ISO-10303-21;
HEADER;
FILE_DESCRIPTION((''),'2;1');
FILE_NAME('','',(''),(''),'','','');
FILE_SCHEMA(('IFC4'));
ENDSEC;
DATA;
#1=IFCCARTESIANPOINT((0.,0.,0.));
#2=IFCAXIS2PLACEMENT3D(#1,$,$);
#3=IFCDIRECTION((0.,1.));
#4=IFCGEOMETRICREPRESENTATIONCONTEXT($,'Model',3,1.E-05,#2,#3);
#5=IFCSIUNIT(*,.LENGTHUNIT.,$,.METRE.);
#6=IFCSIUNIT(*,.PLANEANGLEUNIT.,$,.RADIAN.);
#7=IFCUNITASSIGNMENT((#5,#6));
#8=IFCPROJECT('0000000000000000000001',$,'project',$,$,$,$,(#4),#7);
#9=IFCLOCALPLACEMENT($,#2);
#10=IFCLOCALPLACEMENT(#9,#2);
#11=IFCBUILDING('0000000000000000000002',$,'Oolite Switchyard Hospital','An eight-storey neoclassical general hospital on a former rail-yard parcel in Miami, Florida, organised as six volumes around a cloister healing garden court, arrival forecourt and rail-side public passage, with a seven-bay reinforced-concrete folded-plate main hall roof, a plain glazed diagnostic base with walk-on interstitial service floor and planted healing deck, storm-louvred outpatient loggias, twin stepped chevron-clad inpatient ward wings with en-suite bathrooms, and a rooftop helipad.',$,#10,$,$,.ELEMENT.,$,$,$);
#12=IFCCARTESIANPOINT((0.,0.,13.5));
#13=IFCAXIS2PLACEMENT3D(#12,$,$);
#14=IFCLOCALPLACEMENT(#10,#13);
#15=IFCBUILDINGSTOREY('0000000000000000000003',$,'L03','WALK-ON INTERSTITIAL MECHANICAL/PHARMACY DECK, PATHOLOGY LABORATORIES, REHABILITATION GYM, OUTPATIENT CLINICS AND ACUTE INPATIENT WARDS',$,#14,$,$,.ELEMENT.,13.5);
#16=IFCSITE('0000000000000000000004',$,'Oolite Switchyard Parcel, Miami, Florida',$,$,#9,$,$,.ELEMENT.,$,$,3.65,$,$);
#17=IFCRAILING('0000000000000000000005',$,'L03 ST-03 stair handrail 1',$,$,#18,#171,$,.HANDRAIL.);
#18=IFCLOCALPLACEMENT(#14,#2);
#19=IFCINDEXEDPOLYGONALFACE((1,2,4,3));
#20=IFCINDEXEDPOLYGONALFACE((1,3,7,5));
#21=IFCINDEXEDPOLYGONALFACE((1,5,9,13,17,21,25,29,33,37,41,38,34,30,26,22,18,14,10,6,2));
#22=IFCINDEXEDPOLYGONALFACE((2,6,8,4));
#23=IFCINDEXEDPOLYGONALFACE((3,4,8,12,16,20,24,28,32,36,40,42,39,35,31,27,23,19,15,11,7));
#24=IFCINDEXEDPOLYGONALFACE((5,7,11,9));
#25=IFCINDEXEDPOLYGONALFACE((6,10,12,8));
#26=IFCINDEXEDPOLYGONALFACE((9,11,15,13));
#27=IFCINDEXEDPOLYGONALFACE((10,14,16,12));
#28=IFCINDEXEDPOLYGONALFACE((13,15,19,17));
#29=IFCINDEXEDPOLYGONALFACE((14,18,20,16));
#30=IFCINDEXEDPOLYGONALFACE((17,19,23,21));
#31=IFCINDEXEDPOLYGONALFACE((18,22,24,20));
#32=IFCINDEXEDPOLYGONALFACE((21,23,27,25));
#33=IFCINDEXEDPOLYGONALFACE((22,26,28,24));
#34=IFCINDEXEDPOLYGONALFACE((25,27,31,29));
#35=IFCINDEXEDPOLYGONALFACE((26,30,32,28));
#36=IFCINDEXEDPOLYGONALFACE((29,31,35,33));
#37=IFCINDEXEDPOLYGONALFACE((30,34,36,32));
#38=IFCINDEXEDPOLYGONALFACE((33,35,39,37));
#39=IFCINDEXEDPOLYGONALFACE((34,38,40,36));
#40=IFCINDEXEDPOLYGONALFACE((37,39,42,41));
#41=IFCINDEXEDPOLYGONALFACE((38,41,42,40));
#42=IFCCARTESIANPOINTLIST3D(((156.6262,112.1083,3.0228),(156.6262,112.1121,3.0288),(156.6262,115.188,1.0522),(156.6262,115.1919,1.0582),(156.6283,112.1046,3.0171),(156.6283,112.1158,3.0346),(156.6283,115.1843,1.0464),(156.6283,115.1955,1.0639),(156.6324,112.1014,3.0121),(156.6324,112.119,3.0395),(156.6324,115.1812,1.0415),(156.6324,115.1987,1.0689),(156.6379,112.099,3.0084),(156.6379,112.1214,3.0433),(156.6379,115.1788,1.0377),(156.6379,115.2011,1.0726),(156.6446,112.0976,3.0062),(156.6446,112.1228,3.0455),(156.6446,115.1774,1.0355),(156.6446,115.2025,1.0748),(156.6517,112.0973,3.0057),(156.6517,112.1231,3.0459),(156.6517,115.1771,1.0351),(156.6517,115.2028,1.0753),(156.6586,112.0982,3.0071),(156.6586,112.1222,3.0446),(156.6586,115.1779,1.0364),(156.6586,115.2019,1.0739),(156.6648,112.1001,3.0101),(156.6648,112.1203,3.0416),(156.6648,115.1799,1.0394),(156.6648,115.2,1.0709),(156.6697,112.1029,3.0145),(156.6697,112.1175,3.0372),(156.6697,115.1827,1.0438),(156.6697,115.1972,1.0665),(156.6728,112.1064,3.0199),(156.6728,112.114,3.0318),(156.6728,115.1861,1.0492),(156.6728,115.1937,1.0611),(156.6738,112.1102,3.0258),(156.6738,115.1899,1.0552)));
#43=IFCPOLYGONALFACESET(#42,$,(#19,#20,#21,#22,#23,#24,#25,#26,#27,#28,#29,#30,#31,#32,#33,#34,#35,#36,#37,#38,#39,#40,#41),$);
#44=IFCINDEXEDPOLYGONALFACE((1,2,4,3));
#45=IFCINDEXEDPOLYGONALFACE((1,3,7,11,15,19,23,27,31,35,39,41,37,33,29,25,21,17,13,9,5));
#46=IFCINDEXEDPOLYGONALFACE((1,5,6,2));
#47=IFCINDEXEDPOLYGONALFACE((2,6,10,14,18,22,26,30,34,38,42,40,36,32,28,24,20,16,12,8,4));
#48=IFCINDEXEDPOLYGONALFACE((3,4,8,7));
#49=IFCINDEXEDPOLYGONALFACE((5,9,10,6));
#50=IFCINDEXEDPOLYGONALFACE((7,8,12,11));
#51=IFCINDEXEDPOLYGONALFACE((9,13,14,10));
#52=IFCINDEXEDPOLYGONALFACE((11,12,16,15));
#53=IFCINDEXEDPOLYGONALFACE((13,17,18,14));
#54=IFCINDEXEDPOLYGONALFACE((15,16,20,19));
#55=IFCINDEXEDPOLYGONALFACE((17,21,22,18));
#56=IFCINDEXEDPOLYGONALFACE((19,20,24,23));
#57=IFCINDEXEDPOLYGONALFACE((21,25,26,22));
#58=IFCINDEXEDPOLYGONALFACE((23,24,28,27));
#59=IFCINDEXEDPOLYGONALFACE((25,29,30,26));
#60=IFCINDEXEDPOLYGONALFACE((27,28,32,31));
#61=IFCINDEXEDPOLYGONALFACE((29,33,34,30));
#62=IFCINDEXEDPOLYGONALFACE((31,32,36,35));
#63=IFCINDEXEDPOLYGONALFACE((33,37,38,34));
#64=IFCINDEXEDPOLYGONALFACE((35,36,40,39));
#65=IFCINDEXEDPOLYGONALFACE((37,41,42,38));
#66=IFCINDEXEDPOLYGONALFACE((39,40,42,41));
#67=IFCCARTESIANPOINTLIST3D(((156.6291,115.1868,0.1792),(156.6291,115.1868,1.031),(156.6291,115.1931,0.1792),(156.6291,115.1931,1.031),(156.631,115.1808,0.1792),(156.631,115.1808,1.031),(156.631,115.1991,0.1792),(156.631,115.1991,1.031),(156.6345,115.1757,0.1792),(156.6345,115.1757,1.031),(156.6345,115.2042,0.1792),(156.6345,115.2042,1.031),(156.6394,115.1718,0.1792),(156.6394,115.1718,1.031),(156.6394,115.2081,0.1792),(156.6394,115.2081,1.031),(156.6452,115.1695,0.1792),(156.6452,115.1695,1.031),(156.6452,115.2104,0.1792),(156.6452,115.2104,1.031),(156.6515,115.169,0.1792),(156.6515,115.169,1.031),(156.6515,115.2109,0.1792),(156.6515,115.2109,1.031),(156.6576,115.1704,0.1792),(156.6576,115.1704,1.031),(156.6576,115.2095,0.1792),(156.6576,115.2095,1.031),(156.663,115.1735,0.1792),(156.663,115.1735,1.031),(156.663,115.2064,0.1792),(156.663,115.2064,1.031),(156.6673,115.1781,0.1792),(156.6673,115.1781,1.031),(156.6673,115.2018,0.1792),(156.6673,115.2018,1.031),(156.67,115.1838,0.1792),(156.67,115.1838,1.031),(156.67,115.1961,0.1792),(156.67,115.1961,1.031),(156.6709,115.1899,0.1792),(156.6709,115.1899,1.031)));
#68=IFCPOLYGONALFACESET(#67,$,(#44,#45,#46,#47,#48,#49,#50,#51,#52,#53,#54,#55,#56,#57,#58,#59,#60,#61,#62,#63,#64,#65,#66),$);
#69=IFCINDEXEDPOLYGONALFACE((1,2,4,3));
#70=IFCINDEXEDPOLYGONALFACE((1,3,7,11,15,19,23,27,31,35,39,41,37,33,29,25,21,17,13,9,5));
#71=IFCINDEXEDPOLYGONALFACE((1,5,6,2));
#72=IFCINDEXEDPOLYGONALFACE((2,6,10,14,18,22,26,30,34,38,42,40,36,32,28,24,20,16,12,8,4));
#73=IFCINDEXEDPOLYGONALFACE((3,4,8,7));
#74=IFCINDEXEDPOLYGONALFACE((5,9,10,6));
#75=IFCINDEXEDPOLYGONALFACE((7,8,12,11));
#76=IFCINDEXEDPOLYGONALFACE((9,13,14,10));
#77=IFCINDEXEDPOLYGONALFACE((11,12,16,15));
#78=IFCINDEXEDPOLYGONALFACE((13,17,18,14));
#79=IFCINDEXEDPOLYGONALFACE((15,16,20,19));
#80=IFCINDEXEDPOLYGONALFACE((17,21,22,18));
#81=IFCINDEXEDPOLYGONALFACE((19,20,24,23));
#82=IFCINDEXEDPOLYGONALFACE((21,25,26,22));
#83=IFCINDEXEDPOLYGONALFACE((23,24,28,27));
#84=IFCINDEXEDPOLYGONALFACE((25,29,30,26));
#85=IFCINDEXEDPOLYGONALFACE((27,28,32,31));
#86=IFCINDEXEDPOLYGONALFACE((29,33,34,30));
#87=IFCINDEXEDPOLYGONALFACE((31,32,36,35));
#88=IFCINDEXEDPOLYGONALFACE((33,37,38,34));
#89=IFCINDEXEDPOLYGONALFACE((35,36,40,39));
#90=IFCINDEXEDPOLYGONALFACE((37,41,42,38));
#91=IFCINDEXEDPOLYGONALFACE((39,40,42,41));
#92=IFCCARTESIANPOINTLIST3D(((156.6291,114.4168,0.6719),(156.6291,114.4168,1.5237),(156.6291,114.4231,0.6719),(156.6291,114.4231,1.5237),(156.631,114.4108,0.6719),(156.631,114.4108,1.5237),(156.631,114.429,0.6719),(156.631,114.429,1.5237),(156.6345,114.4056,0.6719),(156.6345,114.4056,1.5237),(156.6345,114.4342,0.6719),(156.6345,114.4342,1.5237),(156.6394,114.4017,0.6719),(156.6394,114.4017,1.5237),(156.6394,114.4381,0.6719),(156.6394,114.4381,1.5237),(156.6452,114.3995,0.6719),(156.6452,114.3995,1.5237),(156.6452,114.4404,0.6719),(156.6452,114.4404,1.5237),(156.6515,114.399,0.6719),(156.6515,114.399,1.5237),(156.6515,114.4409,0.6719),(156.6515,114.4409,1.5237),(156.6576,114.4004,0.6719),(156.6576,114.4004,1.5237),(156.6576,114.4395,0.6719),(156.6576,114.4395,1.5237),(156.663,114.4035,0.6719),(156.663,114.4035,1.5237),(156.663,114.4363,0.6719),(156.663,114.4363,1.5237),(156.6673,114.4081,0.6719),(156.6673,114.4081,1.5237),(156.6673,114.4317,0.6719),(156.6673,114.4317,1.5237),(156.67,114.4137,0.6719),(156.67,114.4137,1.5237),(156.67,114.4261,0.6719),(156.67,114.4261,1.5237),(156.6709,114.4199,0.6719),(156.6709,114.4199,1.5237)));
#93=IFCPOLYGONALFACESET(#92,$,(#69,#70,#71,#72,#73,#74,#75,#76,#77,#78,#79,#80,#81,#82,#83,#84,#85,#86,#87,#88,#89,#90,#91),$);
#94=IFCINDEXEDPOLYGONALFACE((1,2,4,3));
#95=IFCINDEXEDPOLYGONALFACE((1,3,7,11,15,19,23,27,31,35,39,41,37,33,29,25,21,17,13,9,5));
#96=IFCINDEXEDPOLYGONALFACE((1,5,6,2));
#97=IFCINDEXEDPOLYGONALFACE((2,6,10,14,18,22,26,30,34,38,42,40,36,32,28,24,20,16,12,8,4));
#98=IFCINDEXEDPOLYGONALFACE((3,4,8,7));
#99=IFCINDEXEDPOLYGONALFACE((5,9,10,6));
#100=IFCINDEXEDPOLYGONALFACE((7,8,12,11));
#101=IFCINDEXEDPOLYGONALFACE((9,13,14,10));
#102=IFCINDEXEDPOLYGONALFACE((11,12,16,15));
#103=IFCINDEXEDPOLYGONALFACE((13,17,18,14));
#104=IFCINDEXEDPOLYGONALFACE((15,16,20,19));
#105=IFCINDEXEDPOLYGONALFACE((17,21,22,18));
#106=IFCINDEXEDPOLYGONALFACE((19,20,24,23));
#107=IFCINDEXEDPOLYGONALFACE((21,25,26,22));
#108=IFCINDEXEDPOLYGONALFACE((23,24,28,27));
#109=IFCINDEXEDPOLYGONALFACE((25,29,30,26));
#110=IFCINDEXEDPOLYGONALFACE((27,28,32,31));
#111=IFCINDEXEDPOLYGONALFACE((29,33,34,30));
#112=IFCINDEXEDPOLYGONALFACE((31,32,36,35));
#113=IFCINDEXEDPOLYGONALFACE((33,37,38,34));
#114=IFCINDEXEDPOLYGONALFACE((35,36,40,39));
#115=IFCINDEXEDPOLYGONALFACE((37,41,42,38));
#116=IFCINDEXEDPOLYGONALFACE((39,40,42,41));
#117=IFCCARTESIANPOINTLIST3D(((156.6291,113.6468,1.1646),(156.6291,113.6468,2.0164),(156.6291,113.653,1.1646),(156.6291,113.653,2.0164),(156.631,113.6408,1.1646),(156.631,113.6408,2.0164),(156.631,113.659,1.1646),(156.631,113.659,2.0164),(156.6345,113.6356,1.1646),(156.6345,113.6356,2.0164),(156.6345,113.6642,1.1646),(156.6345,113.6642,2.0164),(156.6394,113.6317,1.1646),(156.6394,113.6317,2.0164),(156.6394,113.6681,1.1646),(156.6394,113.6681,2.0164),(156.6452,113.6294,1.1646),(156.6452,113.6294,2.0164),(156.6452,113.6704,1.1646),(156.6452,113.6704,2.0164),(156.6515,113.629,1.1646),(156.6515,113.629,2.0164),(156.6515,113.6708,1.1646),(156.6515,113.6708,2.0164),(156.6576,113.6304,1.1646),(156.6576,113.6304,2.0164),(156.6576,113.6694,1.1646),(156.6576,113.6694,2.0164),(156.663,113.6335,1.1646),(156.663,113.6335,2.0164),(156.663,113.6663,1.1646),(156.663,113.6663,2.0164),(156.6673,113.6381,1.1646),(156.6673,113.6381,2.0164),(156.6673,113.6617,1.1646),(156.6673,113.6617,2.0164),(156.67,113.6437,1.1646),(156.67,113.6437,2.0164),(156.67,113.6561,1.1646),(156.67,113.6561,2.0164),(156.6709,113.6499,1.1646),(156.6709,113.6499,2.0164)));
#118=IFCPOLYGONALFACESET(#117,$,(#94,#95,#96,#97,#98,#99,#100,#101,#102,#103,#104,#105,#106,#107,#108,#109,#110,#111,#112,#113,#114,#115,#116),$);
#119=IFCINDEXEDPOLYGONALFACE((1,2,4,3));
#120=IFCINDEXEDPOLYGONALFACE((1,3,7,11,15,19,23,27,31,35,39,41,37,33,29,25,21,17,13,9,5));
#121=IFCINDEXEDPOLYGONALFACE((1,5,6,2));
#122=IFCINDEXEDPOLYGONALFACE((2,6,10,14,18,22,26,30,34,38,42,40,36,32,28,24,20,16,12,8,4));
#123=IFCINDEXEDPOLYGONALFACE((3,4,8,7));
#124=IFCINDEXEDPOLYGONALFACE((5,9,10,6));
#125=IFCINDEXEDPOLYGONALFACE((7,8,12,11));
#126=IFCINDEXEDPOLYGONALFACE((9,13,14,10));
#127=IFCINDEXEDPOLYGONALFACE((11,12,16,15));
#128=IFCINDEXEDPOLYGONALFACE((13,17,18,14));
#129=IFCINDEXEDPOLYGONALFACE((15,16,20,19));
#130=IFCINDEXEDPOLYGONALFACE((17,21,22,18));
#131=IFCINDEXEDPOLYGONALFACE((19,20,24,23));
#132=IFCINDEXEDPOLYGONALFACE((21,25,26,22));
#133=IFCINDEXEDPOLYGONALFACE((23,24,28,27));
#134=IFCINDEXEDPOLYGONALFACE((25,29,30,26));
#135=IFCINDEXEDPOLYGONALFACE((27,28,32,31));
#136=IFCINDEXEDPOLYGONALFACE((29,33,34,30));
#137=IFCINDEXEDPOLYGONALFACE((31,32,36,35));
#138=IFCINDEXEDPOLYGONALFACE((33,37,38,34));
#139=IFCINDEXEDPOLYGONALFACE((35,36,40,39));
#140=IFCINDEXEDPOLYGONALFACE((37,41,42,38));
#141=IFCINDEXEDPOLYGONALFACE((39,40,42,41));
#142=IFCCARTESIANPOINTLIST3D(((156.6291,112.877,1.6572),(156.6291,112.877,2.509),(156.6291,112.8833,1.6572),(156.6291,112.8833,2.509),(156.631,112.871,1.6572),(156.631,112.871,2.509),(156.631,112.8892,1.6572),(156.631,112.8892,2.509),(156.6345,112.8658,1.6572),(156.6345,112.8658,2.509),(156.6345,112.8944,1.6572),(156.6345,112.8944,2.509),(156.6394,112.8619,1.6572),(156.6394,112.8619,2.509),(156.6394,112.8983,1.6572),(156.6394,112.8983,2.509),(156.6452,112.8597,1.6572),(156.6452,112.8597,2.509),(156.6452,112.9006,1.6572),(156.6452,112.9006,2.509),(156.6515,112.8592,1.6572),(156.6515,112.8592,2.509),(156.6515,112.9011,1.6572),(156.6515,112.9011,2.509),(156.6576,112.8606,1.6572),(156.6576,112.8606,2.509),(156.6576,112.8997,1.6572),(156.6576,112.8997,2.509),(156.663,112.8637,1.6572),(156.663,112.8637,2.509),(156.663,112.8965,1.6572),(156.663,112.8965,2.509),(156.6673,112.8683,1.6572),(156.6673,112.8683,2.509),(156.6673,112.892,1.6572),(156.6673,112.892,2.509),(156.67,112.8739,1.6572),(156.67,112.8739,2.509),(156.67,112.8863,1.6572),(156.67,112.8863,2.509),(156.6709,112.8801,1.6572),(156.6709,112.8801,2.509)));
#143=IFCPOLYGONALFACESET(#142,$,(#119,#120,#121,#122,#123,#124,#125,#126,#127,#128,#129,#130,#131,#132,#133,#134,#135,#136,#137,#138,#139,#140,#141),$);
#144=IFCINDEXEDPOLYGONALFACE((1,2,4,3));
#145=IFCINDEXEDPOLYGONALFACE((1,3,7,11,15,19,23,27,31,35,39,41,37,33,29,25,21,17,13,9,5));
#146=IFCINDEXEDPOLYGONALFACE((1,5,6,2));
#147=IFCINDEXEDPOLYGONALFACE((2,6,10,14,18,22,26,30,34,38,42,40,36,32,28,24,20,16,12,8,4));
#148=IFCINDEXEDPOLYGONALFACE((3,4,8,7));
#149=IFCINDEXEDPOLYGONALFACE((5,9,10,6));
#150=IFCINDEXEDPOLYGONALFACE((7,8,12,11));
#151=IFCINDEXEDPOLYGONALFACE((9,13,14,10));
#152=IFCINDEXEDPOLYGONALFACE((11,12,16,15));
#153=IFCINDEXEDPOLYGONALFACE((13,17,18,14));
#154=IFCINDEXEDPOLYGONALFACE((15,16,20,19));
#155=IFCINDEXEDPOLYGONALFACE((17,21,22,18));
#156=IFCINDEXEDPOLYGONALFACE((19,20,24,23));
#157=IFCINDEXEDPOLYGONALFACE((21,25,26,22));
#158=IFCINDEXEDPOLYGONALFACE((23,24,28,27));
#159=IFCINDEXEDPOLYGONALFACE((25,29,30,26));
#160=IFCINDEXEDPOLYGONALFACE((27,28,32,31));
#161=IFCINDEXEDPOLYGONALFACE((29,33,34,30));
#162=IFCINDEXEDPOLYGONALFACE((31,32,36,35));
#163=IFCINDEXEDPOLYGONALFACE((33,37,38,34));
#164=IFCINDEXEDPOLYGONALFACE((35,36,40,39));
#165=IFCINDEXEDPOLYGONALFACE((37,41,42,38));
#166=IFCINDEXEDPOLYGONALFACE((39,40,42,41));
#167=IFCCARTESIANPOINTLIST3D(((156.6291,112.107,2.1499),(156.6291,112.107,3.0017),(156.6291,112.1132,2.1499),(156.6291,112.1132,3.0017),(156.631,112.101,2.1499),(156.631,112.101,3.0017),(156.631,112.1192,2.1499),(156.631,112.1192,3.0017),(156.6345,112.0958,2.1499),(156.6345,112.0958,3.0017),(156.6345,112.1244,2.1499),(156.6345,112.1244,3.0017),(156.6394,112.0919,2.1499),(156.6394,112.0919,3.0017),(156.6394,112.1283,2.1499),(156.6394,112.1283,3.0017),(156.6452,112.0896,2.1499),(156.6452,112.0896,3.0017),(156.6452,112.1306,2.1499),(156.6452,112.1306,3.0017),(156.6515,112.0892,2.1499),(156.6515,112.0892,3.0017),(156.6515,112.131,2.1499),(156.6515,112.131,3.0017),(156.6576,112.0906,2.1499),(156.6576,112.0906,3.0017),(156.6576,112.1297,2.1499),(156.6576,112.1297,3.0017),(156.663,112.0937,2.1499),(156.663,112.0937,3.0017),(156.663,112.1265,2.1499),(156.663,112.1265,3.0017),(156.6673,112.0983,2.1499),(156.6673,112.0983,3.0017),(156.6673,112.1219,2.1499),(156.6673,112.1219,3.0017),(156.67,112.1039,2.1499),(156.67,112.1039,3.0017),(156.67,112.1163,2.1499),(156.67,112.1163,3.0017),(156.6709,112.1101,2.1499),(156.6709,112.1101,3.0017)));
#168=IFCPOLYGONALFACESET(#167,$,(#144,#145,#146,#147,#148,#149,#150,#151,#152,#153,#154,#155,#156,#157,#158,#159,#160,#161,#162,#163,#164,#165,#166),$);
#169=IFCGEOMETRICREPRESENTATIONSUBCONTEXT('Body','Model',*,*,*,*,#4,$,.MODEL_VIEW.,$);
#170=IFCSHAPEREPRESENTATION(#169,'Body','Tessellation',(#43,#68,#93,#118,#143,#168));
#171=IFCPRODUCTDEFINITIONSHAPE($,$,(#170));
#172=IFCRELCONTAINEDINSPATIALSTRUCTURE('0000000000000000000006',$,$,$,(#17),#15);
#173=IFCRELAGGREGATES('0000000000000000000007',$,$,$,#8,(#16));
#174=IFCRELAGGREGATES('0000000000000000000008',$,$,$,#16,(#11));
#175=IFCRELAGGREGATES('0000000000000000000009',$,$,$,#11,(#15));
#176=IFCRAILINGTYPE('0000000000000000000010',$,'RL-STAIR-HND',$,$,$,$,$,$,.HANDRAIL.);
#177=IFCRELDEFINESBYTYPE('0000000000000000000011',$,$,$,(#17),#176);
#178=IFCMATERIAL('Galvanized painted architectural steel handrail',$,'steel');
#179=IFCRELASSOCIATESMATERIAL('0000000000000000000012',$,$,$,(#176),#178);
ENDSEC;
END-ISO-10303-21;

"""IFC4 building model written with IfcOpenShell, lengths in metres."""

from ifc_helpers import new_model, si_unit, direction, frame, origin, origin_2d, place, context, subcontext, project, spatial, circle, extrude, material, type_object, element, save


model = new_model("IFC4")

# Units and contexts
model_context = context("Model", 3, precision=1e-05, world=origin(), true_north=direction((0.0, 1.0)))
body_context = subcontext(model_context, "Body", "Model", "MODEL_VIEW")
ifc_project = project(units=[si_unit("LENGTHUNIT", "METRE"), si_unit("PLANEANGLEUNIT", "RADIAN")], contexts=[model_context])

# Site, building, storey
site_placement = place(None, origin())
site = spatial("IfcSite", under=ifc_project, at=site_placement, Name="Oolite Switchyard Parcel, Miami, Florida", CompositionType="ELEMENT", RefElevation=3.65)
building_placement = place(site_placement, origin())
building = spatial("IfcBuilding", under=site, at=building_placement, Name="Oolite Switchyard Hospital", Description="An eight-storey neoclassical general hospital on a former rail-yard parcel in Miami, Florida, organised as six volumes around a cloister healing garden court, arrival forecourt and rail-side public passage, with a seven-bay reinforced-concrete folded-plate main hall roof, a plain glazed diagnostic base with walk-on interstitial service floor and planted healing deck, storm-louvred outpatient loggias, twin stepped chevron-clad inpatient ward wings with en-suite bathrooms, and a rooftop helipad.", CompositionType="ELEMENT")
storey_placement = place(building_placement, frame((0.0, 0.0, 13.5)))
storey = spatial("IfcBuildingStorey", under=building, at=storey_placement, Name="L03", Description="WALK-ON INTERSTITIAL MECHANICAL/PHARMACY DECK, PATHOLOGY LABORATORIES, REHABILITATION GYM, OUTPATIENT CLINICS AND ACUTE INPATIENT WARDS", CompositionType="ELEMENT", Elevation=13.5)

# Railing
ifc_material_1 = material(Name="Galvanized painted architectural steel handrail", Category="steel")
railing_type_1 = type_object("IfcRailingType", Name="RL-STAIR-HND", PredefinedType="HANDRAIL", material=ifc_material_1)
railing_1_placement = place(storey_placement, frame((156.6499, 115.1899, 0.1792)))
element("IfcRailing", 1, at=railing_1_placement, inside=storey, type_object=railing_type_1, Name="L03 ST-03 stair handrail 1", PredefinedType="HANDRAIL", context=body_context, shape_type="SweptSolid", body=[
    extrude(circle(Radius=0.0239, at=origin_2d()), frame((0.0, 0.0, 0.876), z_axis=(0.0, -0.84232, 0.538978), x_axis=(1.0, 0.0, 0.0)), (0.0, 0.0, 1.0), 3.6562),
    extrude(circle(Radius=0.021, at=origin_2d()), origin(), (0.0, 0.0, 1.0), 0.8518),
    extrude(circle(Radius=0.021, at=origin_2d()), frame((0.0, -0.77, 0.4927)), (0.0, 0.0, 1.0), 0.8518),
    extrude(circle(Radius=0.021, at=origin_2d()), frame((0.0, -1.54, 0.9854)), (0.0, 0.0, 1.0), 0.8518),
    extrude(circle(Radius=0.021, at=origin_2d()), frame((0.0, -2.3098, 1.478)), (0.0, 0.0, 1.0), 0.8518),
    extrude(circle(Radius=0.021, at=origin_2d()), frame((0.0, -3.0798, 1.9707)), (0.0, 0.0, 1.0), 0.8518),
])

save(model, "model.ifc")
